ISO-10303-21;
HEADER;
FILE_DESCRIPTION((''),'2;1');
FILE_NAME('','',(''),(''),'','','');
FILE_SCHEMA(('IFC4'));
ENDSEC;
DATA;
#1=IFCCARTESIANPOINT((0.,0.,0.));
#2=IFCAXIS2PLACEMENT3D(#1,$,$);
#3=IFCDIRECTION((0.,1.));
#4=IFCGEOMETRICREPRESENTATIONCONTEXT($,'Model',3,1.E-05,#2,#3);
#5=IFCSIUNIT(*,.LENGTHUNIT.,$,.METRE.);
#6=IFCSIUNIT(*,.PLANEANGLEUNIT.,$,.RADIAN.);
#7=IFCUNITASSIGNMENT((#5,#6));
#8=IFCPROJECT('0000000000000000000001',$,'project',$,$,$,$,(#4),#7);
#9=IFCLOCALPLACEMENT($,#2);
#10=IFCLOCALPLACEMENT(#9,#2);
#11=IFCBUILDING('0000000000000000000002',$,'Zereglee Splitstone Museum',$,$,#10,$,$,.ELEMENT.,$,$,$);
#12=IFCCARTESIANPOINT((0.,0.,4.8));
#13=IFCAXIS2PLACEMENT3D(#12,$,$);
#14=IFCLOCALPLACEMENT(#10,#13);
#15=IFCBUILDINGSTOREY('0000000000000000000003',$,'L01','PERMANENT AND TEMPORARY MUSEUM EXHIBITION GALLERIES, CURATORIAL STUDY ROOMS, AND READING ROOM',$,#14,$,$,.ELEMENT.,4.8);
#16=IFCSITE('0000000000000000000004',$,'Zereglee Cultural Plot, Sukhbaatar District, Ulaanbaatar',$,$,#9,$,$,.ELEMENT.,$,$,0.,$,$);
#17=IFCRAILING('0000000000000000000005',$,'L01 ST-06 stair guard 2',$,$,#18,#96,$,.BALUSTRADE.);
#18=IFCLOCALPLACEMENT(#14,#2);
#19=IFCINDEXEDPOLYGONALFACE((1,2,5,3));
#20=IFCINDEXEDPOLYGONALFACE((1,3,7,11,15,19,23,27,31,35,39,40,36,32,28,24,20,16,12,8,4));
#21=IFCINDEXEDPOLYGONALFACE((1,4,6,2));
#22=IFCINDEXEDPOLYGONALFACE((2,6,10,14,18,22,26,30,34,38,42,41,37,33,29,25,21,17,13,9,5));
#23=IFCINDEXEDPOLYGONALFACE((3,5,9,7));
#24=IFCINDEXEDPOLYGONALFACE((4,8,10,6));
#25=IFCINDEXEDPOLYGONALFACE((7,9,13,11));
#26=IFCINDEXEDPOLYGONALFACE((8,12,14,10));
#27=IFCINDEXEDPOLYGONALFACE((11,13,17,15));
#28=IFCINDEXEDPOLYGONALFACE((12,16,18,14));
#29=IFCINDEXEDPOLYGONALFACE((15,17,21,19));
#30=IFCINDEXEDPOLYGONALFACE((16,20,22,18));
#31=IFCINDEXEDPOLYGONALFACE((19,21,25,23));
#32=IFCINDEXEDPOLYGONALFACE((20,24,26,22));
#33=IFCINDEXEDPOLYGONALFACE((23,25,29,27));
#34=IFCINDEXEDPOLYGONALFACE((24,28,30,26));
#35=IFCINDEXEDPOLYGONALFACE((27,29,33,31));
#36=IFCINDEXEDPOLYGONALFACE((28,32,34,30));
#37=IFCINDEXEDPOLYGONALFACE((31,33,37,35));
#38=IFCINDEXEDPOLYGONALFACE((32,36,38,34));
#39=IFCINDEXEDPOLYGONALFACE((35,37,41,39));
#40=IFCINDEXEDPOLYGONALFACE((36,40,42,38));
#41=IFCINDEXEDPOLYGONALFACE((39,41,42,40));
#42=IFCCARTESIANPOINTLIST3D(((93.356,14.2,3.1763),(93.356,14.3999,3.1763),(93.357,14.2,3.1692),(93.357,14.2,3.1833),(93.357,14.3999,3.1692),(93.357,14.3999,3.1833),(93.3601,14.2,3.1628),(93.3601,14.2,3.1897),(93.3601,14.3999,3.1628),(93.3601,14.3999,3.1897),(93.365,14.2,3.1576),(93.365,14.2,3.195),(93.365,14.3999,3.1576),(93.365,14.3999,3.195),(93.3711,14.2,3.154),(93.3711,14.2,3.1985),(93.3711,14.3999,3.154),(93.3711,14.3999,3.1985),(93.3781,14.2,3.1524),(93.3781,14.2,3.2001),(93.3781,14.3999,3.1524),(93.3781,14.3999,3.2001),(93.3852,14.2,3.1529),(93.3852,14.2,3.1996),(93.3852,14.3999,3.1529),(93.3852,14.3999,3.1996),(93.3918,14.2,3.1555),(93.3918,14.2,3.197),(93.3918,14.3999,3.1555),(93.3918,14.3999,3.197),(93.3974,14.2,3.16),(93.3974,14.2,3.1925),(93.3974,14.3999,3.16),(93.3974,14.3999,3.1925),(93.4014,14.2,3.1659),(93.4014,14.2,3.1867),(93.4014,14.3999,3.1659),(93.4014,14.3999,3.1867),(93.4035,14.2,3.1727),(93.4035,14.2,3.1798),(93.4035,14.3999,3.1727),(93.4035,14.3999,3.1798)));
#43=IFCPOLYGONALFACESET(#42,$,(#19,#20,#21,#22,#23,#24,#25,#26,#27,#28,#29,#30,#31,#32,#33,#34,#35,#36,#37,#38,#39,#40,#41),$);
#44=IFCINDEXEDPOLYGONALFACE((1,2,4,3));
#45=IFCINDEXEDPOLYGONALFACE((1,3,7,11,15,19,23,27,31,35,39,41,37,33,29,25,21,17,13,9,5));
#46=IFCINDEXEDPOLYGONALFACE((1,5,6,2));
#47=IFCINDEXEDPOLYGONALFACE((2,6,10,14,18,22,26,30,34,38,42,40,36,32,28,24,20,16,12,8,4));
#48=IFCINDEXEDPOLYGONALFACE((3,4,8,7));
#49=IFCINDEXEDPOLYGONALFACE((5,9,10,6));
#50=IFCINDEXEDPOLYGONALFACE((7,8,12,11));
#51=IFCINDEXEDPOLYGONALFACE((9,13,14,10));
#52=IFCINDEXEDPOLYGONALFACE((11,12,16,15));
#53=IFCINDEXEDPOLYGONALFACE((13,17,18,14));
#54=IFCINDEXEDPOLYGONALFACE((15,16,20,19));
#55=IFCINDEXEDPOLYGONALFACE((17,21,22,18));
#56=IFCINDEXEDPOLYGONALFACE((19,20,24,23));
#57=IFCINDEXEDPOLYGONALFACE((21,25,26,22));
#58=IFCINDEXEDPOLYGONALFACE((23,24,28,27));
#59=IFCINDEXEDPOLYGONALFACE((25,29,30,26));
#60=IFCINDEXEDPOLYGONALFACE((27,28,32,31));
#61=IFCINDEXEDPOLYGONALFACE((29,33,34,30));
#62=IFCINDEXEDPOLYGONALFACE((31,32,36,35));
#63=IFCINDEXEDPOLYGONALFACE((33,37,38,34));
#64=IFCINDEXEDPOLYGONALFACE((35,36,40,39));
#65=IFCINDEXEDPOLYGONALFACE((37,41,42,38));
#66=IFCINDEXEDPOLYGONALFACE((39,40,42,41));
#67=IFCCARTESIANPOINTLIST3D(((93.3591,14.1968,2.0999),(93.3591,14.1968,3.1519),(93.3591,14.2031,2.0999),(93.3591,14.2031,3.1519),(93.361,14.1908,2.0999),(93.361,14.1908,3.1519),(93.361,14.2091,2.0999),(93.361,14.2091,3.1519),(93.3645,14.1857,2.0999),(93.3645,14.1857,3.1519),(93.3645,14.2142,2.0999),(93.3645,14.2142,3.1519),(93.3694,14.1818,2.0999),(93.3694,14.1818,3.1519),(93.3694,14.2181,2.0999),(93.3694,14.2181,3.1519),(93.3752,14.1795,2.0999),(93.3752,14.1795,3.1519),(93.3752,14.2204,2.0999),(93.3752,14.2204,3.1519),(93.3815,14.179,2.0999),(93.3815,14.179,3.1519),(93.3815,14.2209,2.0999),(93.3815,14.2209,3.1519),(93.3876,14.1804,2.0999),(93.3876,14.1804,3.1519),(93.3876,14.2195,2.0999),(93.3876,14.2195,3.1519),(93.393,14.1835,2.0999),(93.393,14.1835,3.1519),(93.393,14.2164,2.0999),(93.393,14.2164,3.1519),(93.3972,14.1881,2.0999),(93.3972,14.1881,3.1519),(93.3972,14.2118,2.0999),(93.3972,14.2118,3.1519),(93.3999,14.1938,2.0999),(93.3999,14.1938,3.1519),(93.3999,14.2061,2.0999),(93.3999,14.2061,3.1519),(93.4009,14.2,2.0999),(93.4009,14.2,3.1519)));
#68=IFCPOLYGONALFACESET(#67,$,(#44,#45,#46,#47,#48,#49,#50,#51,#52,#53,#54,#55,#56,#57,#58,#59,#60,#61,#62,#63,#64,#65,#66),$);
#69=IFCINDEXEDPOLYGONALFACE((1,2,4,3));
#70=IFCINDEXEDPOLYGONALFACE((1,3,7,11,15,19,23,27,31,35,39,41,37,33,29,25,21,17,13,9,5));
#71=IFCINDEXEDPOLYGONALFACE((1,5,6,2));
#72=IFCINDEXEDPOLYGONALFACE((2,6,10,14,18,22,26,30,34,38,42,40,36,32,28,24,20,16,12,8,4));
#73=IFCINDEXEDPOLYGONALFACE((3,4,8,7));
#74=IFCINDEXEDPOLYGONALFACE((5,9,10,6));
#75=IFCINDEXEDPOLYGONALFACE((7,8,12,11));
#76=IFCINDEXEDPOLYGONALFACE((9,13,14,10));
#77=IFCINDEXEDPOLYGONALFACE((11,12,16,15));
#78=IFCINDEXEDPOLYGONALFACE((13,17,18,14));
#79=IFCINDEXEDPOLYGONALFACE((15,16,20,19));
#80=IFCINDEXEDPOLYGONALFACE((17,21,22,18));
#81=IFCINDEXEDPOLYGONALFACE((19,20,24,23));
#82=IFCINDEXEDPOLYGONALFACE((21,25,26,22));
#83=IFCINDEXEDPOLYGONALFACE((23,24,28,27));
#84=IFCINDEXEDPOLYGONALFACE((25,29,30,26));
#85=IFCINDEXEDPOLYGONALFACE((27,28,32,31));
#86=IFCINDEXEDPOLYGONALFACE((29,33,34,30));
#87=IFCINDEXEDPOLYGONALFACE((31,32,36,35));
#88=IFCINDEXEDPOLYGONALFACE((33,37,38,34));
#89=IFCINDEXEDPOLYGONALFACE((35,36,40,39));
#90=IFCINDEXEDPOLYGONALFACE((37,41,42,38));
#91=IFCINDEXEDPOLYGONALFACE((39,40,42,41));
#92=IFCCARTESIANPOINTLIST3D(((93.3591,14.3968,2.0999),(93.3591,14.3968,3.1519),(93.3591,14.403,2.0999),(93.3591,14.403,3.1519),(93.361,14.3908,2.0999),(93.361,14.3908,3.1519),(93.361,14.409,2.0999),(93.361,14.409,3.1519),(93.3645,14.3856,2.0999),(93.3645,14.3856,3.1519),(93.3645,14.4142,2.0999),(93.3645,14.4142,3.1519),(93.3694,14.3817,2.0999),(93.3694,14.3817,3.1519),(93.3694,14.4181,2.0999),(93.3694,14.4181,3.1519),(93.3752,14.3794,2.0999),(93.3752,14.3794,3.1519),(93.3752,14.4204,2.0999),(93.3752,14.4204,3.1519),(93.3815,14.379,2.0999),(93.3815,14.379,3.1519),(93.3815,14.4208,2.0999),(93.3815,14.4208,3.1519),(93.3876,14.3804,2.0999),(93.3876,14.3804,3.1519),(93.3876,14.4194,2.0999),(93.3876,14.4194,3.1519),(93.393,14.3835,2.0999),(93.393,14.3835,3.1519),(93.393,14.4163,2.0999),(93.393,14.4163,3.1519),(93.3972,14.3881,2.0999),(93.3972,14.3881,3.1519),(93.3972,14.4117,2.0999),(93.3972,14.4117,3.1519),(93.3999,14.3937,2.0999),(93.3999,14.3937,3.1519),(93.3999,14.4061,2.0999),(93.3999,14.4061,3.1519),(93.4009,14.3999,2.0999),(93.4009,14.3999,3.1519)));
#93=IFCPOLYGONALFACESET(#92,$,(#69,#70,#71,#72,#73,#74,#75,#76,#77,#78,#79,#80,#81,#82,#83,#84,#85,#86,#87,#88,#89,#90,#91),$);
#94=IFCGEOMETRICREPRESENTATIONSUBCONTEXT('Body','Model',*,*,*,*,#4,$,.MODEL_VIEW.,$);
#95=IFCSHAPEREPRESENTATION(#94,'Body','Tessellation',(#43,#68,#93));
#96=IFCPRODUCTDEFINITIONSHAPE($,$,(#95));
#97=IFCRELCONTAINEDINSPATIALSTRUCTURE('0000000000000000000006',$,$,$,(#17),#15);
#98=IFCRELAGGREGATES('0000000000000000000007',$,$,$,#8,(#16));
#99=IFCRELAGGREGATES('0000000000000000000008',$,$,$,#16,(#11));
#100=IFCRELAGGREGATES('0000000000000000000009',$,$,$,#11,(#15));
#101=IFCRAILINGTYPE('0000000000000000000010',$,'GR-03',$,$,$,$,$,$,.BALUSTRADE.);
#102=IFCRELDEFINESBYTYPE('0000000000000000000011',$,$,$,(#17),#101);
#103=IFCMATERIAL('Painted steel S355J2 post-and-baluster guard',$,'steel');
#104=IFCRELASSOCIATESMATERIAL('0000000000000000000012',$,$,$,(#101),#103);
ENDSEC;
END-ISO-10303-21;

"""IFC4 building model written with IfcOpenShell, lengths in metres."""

from ifc_helpers import new_model, si_unit, direction, frame, origin, origin_2d, place, context, subcontext, project, spatial, circle, extrude, material, type_object, element, save


model = new_model("IFC4")

# Units and contexts
model_context = context("Model", 3, precision=1e-05, world=origin(), true_north=direction((0.0, 1.0)))
body_context = subcontext(model_context, "Body", "Model", "MODEL_VIEW")
ifc_project = project(units=[si_unit("LENGTHUNIT", "METRE"), si_unit("PLANEANGLEUNIT", "RADIAN")], contexts=[model_context])

# Site, building, storey
site_placement = place(None, origin())
site = spatial("IfcSite", under=ifc_project, at=site_placement, Name="Zereglee Cultural Plot, Sukhbaatar District, Ulaanbaatar", CompositionType="ELEMENT", RefElevation=0.0)
building_placement = place(site_placement, origin())
building = spatial("IfcBuilding", under=site, at=building_placement, Name="Zereglee Splitstone Museum", CompositionType="ELEMENT")
storey_placement = place(building_placement, frame((0.0, 0.0, 4.8)))
storey = spatial("IfcBuildingStorey", under=building, at=storey_placement, Name="L01", Description="PERMANENT AND TEMPORARY MUSEUM EXHIBITION GALLERIES, CURATORIAL STUDY ROOMS, AND READING ROOM", CompositionType="ELEMENT", Elevation=4.8)

# Railing
ifc_material_1 = material(Name="Painted steel S355J2 post-and-baluster guard", Category="steel")
railing_type_1 = type_object("IfcRailingType", Name="GR-03", PredefinedType="BALUSTRADE", material=ifc_material_1)
railing_1_placement = place(storey_placement, frame((93.3799, 14.2, 2.0999)))
element("IfcRailing", 1, at=railing_1_placement, inside=storey, type_object=railing_type_1, Name="L01 ST-06 stair guard 2", PredefinedType="BALUSTRADE", context=body_context, shape_type="SweptSolid", body=[
    extrude(circle(Radius=0.0239, at=origin_2d()), frame((0.0, 0.0, 1.0764), z_axis=(0.0, 1.0, 0.0), x_axis=(-1.0, 0.0, 0.0)), (0.0, 0.0, 1.0), 0.2),
    extrude(circle(Radius=0.021, at=origin_2d()), origin(), (0.0, 0.0, 1.0), 1.052),
    extrude(circle(Radius=0.021, at=origin_2d()), frame((0.0, 0.2, 0.0)), (0.0, 0.0, 1.0), 1.052),
])

save(model, "model.ifc")
